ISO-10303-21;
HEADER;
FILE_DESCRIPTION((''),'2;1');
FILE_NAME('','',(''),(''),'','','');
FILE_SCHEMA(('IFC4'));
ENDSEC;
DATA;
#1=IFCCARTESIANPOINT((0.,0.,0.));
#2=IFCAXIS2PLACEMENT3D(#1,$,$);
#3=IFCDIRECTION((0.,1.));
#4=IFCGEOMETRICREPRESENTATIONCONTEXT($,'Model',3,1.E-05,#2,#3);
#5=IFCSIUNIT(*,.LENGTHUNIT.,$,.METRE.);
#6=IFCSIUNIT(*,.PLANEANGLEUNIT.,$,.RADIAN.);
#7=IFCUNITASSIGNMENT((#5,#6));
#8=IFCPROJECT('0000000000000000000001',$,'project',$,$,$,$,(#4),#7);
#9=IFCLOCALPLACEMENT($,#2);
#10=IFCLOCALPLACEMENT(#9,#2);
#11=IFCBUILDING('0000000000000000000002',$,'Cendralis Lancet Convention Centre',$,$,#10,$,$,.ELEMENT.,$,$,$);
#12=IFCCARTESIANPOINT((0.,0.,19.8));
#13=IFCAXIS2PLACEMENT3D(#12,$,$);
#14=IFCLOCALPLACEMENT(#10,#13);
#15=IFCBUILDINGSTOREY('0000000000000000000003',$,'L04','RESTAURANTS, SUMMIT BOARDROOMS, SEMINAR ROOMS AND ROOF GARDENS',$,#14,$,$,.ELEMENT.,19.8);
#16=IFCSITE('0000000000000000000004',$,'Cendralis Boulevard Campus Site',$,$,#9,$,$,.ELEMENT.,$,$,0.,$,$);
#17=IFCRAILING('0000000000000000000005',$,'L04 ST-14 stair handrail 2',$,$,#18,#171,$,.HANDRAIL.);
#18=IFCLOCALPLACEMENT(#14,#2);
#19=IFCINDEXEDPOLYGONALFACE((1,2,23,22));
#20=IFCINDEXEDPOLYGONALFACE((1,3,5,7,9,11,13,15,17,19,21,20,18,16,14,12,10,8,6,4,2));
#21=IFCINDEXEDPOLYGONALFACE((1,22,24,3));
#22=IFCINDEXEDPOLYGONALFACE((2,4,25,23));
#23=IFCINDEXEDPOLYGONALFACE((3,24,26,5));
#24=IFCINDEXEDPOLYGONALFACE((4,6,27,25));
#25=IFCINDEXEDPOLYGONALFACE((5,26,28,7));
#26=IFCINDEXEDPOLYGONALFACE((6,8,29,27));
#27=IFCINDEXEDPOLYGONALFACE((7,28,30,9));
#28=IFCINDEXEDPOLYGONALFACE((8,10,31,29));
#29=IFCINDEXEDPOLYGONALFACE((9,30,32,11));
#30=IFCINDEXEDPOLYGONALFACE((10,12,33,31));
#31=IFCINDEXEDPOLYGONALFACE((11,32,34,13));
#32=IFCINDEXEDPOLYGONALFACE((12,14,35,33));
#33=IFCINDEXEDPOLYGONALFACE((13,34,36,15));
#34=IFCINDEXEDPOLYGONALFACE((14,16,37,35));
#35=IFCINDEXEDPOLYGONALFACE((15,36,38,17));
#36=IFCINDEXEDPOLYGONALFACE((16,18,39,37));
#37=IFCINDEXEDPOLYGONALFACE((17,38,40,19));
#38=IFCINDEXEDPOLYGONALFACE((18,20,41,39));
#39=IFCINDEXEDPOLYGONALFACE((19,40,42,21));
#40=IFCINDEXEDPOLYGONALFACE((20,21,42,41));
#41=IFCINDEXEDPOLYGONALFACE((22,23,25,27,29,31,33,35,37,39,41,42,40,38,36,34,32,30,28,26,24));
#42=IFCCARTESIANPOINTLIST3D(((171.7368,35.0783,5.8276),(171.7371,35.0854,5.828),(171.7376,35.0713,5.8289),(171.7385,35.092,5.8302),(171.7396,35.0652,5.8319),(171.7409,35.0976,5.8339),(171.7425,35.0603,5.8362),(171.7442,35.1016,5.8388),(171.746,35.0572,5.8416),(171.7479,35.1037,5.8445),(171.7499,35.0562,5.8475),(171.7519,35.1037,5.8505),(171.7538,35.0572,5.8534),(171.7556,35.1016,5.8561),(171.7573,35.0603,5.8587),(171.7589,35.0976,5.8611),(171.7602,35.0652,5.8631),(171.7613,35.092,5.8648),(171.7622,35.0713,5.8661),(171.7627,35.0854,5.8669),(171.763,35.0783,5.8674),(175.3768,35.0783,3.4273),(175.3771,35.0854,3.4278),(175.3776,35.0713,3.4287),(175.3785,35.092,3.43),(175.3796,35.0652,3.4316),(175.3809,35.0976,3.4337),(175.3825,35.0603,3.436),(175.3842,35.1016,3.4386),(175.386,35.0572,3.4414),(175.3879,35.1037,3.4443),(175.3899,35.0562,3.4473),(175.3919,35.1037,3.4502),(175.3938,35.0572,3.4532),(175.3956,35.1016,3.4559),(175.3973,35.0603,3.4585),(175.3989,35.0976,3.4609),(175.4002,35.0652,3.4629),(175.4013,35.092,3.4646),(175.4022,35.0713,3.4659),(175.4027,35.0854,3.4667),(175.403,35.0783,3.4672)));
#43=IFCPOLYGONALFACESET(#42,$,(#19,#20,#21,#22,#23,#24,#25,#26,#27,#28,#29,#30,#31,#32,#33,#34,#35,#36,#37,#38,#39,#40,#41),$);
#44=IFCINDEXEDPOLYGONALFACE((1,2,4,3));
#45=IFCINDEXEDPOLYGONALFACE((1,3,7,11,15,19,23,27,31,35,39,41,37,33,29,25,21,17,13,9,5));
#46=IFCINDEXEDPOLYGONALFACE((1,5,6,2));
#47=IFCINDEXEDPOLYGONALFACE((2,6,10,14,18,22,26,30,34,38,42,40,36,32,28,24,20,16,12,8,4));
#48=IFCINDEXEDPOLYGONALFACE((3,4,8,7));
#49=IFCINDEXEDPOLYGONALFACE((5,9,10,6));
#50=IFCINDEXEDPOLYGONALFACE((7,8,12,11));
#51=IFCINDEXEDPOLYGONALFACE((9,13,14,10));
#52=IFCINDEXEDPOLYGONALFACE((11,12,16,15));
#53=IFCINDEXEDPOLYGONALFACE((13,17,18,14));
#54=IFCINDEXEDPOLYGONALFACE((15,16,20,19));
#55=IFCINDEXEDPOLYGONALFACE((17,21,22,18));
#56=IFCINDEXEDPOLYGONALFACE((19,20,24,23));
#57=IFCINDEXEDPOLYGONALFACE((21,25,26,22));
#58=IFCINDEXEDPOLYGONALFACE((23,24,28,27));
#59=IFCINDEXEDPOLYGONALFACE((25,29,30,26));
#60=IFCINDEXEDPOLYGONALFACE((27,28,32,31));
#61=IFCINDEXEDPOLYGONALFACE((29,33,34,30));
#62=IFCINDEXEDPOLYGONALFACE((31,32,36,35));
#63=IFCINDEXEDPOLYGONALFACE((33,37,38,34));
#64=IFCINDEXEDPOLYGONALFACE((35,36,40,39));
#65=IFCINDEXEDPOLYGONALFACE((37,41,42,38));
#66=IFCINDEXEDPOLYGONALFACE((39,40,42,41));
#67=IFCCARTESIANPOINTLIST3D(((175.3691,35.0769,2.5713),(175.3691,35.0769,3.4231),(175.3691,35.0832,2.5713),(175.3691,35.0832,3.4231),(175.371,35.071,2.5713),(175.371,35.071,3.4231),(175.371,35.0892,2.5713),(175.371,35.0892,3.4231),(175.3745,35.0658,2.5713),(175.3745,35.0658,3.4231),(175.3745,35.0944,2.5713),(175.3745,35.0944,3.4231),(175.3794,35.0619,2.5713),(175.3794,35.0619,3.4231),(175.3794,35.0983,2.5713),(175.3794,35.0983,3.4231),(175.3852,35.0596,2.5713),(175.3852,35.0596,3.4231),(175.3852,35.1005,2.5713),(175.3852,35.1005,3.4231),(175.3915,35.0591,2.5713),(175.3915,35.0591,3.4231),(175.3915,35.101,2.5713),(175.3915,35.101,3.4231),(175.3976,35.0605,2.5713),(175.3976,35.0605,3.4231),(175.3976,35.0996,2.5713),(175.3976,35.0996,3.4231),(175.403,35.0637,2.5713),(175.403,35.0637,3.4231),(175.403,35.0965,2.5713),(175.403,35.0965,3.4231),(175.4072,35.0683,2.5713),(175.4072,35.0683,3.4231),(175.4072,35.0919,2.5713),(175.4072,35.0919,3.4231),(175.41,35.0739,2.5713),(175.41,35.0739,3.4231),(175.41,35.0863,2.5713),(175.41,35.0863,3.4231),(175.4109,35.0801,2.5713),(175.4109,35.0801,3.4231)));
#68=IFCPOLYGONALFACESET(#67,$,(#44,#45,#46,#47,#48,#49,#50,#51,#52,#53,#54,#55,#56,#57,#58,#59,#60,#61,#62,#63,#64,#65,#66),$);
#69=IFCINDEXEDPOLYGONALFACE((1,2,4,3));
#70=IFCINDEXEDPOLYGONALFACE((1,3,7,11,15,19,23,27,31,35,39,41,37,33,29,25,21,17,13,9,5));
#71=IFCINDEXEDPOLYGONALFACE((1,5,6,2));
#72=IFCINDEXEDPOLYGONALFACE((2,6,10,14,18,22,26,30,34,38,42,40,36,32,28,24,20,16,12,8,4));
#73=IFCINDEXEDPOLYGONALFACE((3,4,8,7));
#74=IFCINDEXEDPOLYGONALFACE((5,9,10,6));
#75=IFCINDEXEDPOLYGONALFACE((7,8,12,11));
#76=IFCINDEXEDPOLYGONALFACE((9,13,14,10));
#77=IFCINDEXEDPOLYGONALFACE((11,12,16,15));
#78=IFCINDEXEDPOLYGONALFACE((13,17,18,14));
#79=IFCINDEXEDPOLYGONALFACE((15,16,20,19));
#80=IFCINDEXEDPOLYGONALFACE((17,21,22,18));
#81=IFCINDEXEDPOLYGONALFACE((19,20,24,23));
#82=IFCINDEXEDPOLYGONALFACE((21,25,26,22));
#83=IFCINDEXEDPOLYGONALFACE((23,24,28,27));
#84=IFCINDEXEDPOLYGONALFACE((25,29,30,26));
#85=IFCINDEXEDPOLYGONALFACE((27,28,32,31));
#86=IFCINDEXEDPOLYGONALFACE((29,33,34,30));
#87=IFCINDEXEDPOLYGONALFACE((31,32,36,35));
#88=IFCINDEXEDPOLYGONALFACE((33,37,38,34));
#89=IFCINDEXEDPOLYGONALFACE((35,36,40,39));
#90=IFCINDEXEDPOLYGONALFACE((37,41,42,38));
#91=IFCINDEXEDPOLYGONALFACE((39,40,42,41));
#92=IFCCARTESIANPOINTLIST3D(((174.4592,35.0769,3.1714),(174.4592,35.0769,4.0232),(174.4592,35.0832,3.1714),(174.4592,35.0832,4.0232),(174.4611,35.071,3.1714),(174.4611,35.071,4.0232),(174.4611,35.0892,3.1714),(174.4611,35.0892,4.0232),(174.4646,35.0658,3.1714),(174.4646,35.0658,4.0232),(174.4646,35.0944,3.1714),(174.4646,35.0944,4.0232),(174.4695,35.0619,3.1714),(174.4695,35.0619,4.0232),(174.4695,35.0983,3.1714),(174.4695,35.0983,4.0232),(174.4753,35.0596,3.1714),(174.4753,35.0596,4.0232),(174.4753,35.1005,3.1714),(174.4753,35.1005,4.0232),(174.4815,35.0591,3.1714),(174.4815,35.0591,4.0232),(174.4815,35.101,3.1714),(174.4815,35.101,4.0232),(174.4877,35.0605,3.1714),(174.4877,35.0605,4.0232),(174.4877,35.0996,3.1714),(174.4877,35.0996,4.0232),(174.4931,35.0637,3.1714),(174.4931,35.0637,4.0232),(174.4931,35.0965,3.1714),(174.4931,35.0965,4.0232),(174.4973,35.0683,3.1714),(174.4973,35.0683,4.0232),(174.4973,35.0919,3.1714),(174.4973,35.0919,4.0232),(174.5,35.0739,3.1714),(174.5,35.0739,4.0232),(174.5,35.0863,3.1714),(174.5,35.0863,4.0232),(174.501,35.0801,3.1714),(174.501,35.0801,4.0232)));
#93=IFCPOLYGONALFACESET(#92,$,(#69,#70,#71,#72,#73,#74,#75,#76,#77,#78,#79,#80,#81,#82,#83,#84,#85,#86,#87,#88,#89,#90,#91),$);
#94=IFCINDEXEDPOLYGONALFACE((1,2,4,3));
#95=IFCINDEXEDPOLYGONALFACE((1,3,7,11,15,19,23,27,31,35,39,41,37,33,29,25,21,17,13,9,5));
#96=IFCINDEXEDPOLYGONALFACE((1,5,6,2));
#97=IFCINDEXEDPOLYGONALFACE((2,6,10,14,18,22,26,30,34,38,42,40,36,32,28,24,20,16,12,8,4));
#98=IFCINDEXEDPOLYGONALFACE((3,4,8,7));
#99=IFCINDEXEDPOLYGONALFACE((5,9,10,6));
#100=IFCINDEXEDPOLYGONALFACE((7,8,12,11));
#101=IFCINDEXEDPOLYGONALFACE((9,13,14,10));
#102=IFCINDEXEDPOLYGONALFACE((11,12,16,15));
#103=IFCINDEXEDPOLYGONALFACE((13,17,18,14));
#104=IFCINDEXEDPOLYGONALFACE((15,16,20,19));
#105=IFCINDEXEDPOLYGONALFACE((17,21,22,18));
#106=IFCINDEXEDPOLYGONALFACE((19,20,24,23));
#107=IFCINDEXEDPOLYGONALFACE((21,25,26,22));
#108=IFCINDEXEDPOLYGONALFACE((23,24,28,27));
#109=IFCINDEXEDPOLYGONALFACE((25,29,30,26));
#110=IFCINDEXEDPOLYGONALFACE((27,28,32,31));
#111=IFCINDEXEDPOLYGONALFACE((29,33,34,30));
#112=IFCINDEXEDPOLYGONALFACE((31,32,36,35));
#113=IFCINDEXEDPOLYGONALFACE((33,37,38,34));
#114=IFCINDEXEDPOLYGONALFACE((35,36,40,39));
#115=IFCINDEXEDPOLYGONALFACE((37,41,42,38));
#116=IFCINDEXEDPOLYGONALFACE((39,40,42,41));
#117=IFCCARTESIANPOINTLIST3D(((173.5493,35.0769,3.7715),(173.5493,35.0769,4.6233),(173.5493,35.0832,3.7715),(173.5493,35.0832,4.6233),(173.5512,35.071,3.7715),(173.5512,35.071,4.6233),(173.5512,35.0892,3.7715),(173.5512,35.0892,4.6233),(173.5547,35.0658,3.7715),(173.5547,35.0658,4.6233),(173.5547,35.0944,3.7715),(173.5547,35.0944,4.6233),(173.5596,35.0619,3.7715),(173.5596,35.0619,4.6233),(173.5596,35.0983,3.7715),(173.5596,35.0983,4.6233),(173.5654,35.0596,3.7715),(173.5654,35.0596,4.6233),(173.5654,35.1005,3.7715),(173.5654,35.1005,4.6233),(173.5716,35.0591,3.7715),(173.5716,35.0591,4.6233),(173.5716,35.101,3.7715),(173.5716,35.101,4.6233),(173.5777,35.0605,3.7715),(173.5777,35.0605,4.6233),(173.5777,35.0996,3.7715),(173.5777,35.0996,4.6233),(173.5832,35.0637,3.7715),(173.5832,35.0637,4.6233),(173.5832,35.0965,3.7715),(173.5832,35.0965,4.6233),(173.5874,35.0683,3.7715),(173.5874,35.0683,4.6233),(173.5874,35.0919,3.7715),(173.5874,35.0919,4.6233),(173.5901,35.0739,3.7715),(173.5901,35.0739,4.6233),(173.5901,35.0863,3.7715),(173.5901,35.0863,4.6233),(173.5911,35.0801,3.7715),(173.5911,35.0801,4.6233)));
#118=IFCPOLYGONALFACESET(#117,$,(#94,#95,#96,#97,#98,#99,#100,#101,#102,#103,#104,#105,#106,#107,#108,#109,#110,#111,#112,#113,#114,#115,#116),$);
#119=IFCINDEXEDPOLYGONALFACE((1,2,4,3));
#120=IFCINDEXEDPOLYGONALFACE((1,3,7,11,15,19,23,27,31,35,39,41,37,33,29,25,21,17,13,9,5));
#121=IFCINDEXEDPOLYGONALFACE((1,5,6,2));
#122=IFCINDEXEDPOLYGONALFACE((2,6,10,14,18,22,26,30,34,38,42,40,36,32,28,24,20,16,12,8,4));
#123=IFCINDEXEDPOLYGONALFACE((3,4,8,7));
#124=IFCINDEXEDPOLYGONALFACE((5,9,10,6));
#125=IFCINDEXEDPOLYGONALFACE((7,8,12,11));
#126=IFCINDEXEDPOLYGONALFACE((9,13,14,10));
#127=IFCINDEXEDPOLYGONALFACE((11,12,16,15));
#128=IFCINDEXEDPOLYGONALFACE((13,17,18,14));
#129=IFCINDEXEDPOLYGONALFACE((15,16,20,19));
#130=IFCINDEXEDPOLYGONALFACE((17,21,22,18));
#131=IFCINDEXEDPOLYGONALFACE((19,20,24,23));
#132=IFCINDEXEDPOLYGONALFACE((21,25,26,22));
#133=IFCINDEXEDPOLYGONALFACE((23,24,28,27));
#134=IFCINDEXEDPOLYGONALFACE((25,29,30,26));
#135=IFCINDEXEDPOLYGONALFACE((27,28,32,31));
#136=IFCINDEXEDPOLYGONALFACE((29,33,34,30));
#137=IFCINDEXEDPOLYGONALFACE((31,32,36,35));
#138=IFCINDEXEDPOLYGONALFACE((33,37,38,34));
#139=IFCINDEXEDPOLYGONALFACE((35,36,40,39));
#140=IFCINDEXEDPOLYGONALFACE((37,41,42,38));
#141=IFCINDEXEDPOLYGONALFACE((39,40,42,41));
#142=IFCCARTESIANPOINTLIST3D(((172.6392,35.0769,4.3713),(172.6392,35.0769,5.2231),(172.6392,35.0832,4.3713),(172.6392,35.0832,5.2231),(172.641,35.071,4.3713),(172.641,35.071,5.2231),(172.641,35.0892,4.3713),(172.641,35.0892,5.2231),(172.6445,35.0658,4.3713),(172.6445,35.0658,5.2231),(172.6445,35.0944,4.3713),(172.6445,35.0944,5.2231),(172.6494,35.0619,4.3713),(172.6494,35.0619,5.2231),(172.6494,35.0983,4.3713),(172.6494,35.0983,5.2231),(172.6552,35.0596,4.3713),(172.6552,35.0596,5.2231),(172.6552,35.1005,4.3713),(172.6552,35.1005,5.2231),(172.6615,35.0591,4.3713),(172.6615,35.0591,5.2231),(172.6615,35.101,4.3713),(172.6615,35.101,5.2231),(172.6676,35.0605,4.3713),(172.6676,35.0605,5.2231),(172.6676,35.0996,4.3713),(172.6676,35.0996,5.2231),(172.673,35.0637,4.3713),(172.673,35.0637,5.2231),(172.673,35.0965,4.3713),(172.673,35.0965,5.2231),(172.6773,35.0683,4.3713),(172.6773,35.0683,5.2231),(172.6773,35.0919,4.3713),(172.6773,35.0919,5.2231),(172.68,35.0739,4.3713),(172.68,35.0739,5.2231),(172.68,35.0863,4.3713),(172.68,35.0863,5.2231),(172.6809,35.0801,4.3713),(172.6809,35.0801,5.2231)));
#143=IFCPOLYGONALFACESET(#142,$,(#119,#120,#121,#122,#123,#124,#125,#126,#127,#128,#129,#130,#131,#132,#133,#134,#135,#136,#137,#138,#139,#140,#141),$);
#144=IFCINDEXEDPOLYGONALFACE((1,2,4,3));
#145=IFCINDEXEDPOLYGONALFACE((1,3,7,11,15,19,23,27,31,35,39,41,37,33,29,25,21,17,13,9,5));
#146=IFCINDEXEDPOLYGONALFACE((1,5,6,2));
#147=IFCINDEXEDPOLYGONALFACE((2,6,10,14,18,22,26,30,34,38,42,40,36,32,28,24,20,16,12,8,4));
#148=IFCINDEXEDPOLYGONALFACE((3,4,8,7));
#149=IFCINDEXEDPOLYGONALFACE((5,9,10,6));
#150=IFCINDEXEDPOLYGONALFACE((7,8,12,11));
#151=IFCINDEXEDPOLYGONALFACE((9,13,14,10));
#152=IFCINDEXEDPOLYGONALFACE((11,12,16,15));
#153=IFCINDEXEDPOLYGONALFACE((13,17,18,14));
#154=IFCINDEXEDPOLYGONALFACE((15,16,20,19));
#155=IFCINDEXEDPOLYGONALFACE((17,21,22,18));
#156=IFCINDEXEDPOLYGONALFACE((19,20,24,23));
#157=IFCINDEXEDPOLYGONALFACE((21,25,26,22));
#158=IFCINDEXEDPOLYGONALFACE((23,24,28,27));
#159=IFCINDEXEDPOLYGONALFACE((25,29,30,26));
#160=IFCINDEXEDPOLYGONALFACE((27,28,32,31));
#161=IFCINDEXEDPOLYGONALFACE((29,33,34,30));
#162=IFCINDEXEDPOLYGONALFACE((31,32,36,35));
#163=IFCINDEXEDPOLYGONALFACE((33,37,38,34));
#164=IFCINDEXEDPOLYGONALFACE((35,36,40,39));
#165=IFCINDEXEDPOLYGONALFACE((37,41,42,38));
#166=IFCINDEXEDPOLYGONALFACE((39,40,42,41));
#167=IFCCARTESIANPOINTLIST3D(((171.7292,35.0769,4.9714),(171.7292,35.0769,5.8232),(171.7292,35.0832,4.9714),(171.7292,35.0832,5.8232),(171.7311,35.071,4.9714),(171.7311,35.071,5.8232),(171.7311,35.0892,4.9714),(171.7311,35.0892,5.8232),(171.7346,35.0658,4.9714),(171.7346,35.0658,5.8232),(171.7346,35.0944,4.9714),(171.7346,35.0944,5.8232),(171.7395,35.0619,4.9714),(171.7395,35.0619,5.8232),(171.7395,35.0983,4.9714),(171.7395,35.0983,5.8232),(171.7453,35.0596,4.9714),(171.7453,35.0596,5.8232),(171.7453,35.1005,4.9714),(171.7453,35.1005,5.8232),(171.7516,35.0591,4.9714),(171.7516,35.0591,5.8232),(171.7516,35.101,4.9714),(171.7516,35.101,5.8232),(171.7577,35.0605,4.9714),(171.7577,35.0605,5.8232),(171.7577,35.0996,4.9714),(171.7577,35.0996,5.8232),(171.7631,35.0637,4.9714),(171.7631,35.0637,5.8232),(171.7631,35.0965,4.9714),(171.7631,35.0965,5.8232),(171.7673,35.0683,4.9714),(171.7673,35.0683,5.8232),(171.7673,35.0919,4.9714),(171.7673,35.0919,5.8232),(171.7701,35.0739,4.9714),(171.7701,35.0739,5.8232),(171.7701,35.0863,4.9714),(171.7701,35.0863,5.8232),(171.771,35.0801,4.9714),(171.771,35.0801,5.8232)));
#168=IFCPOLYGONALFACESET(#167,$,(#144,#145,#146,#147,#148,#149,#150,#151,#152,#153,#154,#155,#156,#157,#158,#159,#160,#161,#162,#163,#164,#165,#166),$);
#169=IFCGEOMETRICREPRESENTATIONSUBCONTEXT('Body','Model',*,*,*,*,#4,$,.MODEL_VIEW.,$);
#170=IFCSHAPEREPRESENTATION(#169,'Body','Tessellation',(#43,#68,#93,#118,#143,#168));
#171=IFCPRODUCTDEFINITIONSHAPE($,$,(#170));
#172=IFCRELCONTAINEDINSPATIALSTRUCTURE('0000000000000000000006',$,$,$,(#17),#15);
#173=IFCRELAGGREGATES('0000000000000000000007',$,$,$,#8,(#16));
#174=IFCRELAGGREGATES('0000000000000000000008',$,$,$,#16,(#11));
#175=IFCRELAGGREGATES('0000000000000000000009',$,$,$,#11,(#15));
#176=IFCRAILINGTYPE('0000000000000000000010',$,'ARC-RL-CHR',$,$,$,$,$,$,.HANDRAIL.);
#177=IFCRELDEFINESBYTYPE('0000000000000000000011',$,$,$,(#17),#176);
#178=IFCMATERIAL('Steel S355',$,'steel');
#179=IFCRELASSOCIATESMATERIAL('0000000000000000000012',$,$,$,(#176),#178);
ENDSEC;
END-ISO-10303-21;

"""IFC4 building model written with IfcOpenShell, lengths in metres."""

from ifc_helpers import new_model, si_unit, direction, frame, origin, origin_2d, place, context, subcontext, project, spatial, circle, extrude, material, type_object, element, save


model = new_model("IFC4")

# Units and contexts
model_context = context("Model", 3, precision=1e-05, world=origin(), true_north=direction((0.0, 1.0)))
body_context = subcontext(model_context, "Body", "Model", "MODEL_VIEW")
ifc_project = project(units=[si_unit("LENGTHUNIT", "METRE"), si_unit("PLANEANGLEUNIT", "RADIAN")], contexts=[model_context])

# Site, building, storey
site_placement = place(None, origin())
site = spatial("IfcSite", under=ifc_project, at=site_placement, Name="Cendralis Boulevard Campus Site", CompositionType="ELEMENT", RefElevation=0.0)
building_placement = place(site_placement, origin())
building = spatial("IfcBuilding", under=site, at=building_placement, Name="Cendralis Lancet Convention Centre", CompositionType="ELEMENT")
storey_placement = place(building_placement, frame((0.0, 0.0, 19.8)))
storey = spatial("IfcBuildingStorey", under=building, at=storey_placement, Name="L04", Description="RESTAURANTS, SUMMIT BOARDROOMS, SEMINAR ROOMS AND ROOF GARDENS", CompositionType="ELEMENT", Elevation=19.8)

# Railing
ifc_material_1 = material(Name="Steel S355", Category="steel")
railing_type_1 = type_object("IfcRailingType", Name="ARC-RL-CHR", PredefinedType="HANDRAIL", material=ifc_material_1)
railing_1_placement = place(storey_placement, frame((175.3899, 35.0801, 2.5713)))
element("IfcRailing", 1, at=railing_1_placement, inside=storey, type_object=railing_type_1, Name="L04 ST-14 stair handrail 2", PredefinedType="HANDRAIL", context=body_context, shape_type="SweptSolid", body=[
    extrude(circle(Radius=0.0239, at=origin_2d()), frame((0.0, 0.0, 0.876), z_axis=(-0.834839, 0.0, 0.550493), x_axis=(0.0, -1.0, 0.0)), (0.0, 0.0, 1.0), 4.3601),
    extrude(circle(Radius=0.021, at=origin_2d()), origin(), (0.0, 0.0, 1.0), 0.8518),
    extrude(circle(Radius=0.021, at=origin_2d()), frame((-0.9099, 0.0, 0.6001)), (0.0, 0.0, 1.0), 0.8518),
    extrude(circle(Radius=0.021, at=origin_2d()), frame((-1.8198, 0.0, 1.2002)), (0.0, 0.0, 1.0), 0.8518),
    extrude(circle(Radius=0.021, at=origin_2d()), frame((-2.73, 0.0, 1.8)), (0.0, 0.0, 1.0), 0.8518),
    extrude(circle(Radius=0.021, at=origin_2d()), frame((-3.6399, 0.0, 2.4001)), (0.0, 0.0, 1.0), 0.8518),
])

save(model, "model.ifc")
